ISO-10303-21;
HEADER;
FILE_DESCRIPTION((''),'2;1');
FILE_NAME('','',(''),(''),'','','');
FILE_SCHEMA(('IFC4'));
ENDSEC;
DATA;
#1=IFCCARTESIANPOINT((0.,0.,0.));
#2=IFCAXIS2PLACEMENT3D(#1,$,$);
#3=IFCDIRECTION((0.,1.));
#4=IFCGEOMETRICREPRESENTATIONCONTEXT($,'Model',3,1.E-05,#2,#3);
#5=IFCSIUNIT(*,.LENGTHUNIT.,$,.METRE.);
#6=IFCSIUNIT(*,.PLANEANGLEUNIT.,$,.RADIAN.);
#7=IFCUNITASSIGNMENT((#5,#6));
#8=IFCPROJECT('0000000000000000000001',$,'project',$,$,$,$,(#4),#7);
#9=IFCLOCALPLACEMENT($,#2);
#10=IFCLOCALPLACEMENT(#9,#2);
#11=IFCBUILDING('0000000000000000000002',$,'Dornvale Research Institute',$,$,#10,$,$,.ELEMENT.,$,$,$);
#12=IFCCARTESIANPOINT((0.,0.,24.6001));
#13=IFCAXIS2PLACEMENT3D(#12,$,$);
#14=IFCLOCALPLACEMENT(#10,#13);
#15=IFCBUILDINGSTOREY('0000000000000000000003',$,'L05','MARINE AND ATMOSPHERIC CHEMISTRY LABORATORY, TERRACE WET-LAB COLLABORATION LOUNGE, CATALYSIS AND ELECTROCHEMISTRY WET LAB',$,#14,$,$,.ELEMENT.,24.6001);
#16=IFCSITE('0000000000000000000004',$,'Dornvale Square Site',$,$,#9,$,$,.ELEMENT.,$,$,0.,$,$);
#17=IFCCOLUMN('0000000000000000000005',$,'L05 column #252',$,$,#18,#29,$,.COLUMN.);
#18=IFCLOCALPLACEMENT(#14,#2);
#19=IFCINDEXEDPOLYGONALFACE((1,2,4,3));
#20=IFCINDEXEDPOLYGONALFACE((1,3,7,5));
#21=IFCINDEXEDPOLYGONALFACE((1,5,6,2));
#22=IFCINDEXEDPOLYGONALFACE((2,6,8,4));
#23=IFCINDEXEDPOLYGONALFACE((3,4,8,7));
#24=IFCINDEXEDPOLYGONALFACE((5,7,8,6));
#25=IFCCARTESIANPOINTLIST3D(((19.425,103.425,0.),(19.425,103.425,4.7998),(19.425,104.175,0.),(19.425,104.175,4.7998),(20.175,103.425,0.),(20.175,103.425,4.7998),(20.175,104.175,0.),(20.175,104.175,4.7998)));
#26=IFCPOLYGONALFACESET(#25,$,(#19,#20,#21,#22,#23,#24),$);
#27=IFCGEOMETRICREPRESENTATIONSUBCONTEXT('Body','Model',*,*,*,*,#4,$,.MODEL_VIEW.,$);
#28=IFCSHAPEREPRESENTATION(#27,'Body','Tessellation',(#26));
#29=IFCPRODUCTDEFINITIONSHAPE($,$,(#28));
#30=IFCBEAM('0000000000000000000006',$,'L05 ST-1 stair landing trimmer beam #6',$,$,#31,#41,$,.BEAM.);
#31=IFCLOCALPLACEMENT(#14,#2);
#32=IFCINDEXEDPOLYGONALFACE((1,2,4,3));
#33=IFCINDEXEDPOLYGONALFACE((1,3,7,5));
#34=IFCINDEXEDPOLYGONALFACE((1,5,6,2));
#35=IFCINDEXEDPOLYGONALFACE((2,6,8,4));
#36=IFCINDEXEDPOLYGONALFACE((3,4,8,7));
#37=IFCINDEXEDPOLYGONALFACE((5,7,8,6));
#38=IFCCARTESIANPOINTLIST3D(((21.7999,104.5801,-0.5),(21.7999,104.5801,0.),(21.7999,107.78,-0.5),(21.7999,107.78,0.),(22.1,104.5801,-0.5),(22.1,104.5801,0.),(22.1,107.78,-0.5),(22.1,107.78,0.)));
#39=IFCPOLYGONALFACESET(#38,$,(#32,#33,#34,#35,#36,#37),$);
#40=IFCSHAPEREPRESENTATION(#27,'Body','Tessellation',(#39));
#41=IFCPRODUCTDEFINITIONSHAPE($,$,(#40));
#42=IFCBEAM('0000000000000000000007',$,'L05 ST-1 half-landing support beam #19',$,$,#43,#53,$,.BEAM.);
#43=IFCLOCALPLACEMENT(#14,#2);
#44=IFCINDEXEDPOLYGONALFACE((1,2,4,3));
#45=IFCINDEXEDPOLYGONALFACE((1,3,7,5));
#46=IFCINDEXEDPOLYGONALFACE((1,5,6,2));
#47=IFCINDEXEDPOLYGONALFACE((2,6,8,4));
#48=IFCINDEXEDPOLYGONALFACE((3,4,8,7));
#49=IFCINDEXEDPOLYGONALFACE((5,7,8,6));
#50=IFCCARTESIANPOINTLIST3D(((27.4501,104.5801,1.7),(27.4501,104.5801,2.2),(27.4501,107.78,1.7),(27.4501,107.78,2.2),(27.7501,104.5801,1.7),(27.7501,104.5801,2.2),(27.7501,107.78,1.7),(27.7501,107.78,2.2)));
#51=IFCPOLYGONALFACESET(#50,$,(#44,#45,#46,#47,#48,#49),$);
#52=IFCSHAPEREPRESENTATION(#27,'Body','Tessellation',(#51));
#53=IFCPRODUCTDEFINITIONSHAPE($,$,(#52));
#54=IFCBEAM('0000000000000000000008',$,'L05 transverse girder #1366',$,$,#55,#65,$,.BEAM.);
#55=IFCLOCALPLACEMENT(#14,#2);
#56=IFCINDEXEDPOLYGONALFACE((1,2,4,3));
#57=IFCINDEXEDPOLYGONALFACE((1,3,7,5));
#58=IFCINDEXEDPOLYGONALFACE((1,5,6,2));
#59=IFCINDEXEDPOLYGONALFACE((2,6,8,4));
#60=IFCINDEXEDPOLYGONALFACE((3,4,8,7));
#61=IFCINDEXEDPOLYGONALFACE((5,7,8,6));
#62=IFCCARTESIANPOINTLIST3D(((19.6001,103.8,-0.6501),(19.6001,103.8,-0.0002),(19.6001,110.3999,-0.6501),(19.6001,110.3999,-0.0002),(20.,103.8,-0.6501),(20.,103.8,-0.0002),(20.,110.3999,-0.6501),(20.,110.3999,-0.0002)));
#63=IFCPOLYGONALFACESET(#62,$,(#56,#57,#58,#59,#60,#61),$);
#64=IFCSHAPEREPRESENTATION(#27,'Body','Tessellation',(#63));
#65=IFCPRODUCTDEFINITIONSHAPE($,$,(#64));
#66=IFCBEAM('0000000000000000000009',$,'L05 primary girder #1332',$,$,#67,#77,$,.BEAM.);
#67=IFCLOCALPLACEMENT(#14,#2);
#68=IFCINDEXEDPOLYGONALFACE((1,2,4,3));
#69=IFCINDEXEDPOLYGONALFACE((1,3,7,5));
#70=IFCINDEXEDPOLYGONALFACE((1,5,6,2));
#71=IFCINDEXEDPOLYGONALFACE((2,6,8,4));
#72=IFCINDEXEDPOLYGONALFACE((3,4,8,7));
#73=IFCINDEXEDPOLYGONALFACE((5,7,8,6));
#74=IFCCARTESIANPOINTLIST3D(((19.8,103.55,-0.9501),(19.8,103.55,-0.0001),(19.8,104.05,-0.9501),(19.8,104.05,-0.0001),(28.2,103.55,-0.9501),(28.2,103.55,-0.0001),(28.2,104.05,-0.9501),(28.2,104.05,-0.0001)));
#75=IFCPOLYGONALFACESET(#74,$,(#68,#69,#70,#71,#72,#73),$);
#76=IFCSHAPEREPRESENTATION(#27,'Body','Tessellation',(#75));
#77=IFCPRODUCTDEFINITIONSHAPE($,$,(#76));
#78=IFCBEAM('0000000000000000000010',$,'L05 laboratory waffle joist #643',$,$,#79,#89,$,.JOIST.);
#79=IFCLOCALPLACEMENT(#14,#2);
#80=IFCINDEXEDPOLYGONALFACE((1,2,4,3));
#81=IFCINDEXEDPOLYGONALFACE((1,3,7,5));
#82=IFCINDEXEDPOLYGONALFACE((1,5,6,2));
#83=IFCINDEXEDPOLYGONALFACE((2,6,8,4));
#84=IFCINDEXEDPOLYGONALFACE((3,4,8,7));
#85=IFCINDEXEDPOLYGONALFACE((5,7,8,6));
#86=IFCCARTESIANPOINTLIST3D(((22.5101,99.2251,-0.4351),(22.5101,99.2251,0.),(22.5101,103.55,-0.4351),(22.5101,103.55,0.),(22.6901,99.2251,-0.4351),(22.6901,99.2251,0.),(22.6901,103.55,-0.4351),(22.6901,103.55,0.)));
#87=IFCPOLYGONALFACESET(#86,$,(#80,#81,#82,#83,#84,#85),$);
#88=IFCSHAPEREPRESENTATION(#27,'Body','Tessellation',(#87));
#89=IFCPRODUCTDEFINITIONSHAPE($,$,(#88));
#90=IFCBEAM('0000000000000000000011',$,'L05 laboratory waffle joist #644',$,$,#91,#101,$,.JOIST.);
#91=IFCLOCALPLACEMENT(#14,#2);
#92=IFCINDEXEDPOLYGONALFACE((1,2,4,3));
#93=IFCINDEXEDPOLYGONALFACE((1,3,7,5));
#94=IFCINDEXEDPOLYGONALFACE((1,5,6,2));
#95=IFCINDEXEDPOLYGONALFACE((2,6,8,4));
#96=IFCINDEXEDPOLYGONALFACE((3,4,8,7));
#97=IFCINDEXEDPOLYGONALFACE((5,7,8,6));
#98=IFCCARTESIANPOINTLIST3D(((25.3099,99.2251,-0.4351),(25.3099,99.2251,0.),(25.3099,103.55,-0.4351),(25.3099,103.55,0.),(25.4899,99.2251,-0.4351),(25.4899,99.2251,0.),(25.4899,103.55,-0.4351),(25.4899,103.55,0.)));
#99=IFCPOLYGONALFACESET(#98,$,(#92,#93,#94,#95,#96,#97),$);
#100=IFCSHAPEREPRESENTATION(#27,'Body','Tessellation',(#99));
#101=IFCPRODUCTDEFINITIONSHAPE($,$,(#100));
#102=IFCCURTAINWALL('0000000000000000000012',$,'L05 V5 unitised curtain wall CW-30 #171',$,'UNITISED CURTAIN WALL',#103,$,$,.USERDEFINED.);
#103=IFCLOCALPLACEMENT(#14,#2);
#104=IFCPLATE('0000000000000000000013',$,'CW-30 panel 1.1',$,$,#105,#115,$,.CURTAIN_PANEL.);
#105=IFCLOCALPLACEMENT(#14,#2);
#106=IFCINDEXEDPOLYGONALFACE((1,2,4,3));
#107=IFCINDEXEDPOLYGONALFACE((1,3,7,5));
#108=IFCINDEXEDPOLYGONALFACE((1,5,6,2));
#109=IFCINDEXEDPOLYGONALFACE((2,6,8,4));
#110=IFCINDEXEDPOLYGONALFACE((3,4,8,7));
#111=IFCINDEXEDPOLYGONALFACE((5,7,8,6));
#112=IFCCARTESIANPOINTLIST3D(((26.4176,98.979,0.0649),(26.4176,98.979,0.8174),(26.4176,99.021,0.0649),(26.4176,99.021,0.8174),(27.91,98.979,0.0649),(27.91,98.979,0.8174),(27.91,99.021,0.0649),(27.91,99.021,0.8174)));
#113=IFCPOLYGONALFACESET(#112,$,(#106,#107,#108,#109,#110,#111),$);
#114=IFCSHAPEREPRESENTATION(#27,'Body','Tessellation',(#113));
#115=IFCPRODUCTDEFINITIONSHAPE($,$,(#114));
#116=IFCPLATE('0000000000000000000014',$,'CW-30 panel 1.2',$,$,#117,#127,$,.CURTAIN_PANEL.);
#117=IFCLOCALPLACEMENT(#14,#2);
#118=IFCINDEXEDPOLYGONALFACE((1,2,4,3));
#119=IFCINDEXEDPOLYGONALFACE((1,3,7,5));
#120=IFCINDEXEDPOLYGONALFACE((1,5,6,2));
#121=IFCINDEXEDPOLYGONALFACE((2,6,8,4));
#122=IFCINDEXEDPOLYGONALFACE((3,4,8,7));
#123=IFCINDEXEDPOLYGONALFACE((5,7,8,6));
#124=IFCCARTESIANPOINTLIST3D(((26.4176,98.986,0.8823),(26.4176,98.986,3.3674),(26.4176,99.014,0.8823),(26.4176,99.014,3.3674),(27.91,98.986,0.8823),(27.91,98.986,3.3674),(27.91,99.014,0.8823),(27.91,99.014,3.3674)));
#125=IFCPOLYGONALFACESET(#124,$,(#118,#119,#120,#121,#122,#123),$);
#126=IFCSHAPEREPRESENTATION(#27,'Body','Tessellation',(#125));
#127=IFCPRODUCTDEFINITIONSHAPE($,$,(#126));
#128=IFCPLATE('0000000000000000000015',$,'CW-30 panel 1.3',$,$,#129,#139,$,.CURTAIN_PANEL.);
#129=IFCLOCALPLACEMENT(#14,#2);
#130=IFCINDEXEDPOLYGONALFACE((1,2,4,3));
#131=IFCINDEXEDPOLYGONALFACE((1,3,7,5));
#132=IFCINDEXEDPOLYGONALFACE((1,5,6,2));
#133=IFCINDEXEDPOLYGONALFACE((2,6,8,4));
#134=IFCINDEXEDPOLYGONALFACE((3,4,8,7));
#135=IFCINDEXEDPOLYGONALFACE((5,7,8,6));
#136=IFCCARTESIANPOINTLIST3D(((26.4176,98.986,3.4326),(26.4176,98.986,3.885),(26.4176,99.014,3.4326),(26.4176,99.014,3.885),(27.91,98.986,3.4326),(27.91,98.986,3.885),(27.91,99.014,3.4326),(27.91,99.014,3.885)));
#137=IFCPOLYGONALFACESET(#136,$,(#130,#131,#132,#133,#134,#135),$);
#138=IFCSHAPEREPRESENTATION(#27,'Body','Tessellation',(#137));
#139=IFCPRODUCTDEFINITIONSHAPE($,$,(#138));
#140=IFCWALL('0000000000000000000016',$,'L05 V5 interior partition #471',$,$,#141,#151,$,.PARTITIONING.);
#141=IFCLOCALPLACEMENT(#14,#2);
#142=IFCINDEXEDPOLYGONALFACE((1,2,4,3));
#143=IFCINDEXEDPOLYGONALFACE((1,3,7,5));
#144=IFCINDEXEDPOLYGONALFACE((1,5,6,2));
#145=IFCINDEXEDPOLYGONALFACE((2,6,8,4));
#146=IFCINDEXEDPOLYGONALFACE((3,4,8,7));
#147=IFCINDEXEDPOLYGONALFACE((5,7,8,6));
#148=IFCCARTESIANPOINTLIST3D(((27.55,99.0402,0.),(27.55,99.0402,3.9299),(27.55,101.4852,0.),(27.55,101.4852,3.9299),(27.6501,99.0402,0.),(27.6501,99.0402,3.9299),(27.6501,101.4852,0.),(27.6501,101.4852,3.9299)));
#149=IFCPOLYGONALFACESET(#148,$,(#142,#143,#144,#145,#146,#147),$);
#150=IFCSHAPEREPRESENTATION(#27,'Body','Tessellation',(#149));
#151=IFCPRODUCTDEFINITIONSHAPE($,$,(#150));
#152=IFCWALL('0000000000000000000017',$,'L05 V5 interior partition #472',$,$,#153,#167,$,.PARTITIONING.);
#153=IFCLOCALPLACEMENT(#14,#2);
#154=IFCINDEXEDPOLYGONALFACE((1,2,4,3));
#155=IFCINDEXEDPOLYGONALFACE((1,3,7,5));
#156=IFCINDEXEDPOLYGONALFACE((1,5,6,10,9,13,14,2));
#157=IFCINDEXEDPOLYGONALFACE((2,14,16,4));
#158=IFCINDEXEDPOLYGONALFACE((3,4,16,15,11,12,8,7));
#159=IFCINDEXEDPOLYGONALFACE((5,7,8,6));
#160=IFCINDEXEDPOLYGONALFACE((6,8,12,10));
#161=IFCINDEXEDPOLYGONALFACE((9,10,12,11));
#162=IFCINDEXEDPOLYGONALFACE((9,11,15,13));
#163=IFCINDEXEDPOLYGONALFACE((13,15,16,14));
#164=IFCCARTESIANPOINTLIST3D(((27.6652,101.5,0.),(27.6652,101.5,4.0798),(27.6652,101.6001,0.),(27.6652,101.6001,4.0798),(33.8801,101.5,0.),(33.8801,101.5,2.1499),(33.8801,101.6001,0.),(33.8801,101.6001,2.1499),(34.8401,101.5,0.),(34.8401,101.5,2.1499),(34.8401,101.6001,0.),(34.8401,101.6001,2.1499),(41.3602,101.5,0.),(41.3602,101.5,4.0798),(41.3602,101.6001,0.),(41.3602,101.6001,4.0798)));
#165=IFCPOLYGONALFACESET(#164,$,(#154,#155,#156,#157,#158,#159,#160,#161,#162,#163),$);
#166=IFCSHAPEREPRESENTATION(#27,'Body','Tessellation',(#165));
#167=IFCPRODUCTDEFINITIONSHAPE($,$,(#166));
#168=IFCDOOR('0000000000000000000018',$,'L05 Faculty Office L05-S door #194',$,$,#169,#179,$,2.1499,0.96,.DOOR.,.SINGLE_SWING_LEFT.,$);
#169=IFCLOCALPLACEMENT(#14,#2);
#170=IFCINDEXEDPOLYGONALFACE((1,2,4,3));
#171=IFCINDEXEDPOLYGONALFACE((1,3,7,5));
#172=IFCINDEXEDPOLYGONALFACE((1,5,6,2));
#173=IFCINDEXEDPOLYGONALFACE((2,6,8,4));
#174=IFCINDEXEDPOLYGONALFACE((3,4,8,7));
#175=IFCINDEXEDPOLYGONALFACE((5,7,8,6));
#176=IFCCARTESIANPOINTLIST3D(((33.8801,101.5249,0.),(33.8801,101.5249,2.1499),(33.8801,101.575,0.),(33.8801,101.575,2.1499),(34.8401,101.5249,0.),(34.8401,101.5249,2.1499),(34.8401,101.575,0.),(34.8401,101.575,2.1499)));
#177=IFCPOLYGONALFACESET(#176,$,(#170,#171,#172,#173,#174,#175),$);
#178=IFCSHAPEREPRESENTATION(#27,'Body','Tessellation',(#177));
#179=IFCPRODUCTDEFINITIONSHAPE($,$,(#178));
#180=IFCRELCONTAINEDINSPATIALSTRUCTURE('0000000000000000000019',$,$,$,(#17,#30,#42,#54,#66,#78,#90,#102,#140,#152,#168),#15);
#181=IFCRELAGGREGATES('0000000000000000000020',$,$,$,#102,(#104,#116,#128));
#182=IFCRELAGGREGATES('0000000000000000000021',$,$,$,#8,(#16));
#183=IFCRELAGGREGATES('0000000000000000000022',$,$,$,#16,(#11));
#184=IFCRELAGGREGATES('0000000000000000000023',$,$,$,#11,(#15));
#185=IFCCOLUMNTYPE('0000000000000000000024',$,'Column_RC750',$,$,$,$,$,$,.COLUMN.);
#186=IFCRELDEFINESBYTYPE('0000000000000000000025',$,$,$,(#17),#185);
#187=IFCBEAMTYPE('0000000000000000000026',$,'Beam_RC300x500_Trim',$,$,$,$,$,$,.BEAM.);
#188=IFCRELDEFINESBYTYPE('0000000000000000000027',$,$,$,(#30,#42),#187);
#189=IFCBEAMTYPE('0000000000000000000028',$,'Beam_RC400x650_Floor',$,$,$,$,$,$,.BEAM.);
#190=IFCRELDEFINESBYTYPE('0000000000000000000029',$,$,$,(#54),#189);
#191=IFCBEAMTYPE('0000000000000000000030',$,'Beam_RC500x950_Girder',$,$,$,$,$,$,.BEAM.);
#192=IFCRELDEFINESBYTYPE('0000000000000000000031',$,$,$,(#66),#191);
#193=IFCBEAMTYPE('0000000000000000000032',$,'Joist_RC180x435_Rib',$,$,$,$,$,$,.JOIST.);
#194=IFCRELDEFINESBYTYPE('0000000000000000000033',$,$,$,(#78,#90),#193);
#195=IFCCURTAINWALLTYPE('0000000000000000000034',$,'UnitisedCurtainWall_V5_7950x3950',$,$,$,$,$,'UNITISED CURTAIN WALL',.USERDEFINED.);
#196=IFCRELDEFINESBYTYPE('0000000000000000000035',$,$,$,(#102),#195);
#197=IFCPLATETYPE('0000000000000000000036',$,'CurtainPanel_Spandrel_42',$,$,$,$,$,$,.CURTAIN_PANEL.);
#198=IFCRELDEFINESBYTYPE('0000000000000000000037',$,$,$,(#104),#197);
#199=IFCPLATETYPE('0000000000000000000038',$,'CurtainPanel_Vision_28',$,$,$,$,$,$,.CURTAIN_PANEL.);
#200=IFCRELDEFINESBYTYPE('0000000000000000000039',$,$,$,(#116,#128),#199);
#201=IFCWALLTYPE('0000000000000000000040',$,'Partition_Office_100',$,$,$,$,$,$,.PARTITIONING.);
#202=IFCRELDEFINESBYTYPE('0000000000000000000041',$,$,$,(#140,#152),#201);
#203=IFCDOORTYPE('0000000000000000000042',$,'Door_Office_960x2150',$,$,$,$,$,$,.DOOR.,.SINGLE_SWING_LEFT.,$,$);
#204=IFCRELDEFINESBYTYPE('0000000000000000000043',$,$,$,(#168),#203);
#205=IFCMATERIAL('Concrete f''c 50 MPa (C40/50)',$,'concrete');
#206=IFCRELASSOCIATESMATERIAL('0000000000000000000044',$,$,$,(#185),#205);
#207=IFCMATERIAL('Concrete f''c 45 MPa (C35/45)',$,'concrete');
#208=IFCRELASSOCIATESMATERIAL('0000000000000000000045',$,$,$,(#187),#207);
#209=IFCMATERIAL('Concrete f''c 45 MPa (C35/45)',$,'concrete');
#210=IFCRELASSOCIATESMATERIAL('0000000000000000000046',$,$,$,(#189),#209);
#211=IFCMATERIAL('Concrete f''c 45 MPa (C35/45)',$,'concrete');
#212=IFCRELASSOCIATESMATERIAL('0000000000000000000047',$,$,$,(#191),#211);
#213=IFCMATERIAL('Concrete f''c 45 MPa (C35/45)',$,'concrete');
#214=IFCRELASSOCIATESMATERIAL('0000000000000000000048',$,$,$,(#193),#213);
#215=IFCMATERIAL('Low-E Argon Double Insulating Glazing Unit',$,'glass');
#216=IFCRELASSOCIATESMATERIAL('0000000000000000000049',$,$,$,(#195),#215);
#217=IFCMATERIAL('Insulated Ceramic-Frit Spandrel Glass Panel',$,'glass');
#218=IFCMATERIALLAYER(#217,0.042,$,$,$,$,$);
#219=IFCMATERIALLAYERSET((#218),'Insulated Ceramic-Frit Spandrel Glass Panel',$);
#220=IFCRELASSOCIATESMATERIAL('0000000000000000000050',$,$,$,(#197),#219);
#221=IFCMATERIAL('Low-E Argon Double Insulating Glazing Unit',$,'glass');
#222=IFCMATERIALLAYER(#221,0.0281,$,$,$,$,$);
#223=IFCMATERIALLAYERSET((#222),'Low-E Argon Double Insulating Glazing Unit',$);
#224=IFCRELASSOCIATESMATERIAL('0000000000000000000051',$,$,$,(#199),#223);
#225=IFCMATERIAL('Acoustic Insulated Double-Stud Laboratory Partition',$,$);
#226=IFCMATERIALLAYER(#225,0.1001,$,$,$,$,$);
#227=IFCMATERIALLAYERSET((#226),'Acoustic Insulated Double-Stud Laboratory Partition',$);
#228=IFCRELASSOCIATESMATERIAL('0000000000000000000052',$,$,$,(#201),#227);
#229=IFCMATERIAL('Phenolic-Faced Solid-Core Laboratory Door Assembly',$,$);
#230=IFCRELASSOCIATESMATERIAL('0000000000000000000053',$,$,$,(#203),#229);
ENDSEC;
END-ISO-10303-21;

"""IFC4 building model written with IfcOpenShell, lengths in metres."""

from ifc_helpers import new_model, si_unit, direction, frame, frame_2d, origin, origin_2d, place, context, subcontext, project, spatial, rectangle, extrude, material, layer, layer_set, material_profile, profile_set, type_object, element, fill, aggregate, save


model = new_model("IFC4")

# Units and contexts
model_context = context("Model", 3, precision=1e-05, world=origin(), true_north=direction((0.0, 1.0)))
body_context = subcontext(model_context, "Body", "Model", "MODEL_VIEW")
ifc_project = project(units=[si_unit("LENGTHUNIT", "METRE"), si_unit("PLANEANGLEUNIT", "RADIAN")], contexts=[model_context])

# Site, building, storey
site_placement = place(None, origin())
site = spatial("IfcSite", under=ifc_project, at=site_placement, Name="Dornvale Square Site", CompositionType="ELEMENT", RefElevation=0.0)
building_placement = place(site_placement, origin())
building = spatial("IfcBuilding", under=site, at=building_placement, Name="Dornvale Research Institute", CompositionType="ELEMENT")
storey_placement = place(building_placement, frame((0.0, 0.0, 24.6001)))
storey = spatial("IfcBuildingStorey", under=building, at=storey_placement, Name="L05", Description="MARINE AND ATMOSPHERIC CHEMISTRY LABORATORY, TERRACE WET-LAB COLLABORATION LOUNGE, CATALYSIS AND ELECTROCHEMISTRY WET LAB", CompositionType="ELEMENT", Elevation=24.6001)

# Column
ifc_material_1 = material(Name="Concrete f'c 50 MPa (C40/50)", Category="concrete")
ifc_material_profile_1 = material_profile(ifc_material_1, rectangle(XDim=0.75, YDim=0.75, at=origin_2d()), Name="RC 750x750")
ifc_profile_set_1 = profile_set([ifc_material_profile_1], Name="Concrete f'c 50 MPa (C40/50)")
column_type = type_object("IfcColumnType", Name="Column_RC750", PredefinedType="COLUMN", material=ifc_profile_set_1)
column_placement = place(storey_placement, frame((19.8, 103.8, 0.0), z_axis=(0.0, 0.0, 1.0), x_axis=(1.0, 0.0, 0.0)))
element("IfcColumn", 1, at=column_placement, inside=storey, type_object=column_type, Name="L05 column #252", PredefinedType="COLUMN", context=body_context, shape_type="SweptSolid", body=[
    extrude(rectangle(XDim=0.75, YDim=0.75, at=origin_2d()), origin(), (0.0, 0.0, 1.0), 4.7998),
])

# Beams
ifc_material_2 = material(Name="Concrete f'c 45 MPa (C35/45)", Category="concrete")
ifc_material_profile_2 = material_profile(ifc_material_2, rectangle(XDim=0.3, YDim=0.5, at=origin_2d()), Name="RC 300x500")
ifc_profile_set_2 = profile_set([ifc_material_profile_2], Name="Concrete f'c 45 MPa (C35/45)")
beam_type_1 = type_object("IfcBeamType", Name="Beam_RC300x500_Trim", PredefinedType="BEAM", material=ifc_profile_set_2)
for number, where, z_axis, x_axis, name in (
    (2, (21.95, 104.5801, -0.25), (0.0, 1.0, 0.0), (-1.0, 0.0, 0.0), "L05 ST-1 stair landing trimmer beam #6"),
    (3, (27.6001, 104.5801, 1.95), (0.0, 1.0, 0.0), (-1.0, 0.0, 0.0), "L05 ST-1 half-landing support beam #19"),
):
    element("IfcBeam", number, at=place(storey_placement, frame(where, z_axis=z_axis, x_axis=x_axis)), inside=storey, type_object=beam_type_1, Name=name, PredefinedType="BEAM", context=body_context, shape_type="SweptSolid", body=[
        extrude(rectangle(XDim=0.3, YDim=0.5, at=origin_2d()), origin(), (0.0, 0.0, 1.0), 3.2),
    ])
ifc_material_3 = material(Name="Concrete f'c 45 MPa (C35/45)", Category="concrete")
ifc_material_profile_3 = material_profile(ifc_material_3, rectangle(XDim=0.3999, YDim=0.6499, at=origin_2d()), Name="RC 400x650")
ifc_profile_set_3 = profile_set([ifc_material_profile_3], Name="Concrete f'c 45 MPa (C35/45)")
beam_type_2 = type_object("IfcBeamType", Name="Beam_RC400x650_Floor", PredefinedType="BEAM", material=ifc_profile_set_3)
beam_1_placement = place(storey_placement, frame((19.8, 103.8, -0.3252), z_axis=(0.0, 1.0, 0.0), x_axis=(-1.0, 0.0, 0.0)))
element("IfcBeam", 4, at=beam_1_placement, inside=storey, type_object=beam_type_2, Name="L05 transverse girder #1366", PredefinedType="BEAM", context=body_context, shape_type="SweptSolid", body=[
    extrude(rectangle(XDim=0.3999, YDim=0.6499, at=origin_2d()), origin(), (0.0, 0.0, 1.0), 6.5999),
])
ifc_material_4 = material(Name="Concrete f'c 45 MPa (C35/45)", Category="concrete")
ifc_material_profile_4 = material_profile(ifc_material_4, rectangle(XDim=0.5, YDim=0.95, at=origin_2d()), Name="RC 500x950")
ifc_profile_set_4 = profile_set([ifc_material_profile_4], Name="Concrete f'c 45 MPa (C35/45)")
beam_type_3 = type_object("IfcBeamType", Name="Beam_RC500x950_Girder", PredefinedType="BEAM", material=ifc_profile_set_4)
beam_2_placement = place(storey_placement, frame((19.8, 103.8, -0.4751), z_axis=(1.0, 0.0, 0.0), x_axis=(0.0, 1.0, 0.0)))
element("IfcBeam", 5, at=beam_2_placement, inside=storey, type_object=beam_type_3, Name="L05 primary girder #1332", PredefinedType="BEAM", context=body_context, shape_type="SweptSolid", body=[
    extrude(rectangle(XDim=0.5, YDim=0.95, at=origin_2d()), origin(), (0.0, 0.0, 1.0), 8.3999),
])
ifc_material_5 = material(Name="Concrete f'c 45 MPa (C35/45)", Category="concrete")
ifc_material_profile_5 = material_profile(ifc_material_5, rectangle(XDim=0.1799, YDim=0.4351, at=origin_2d()), Name="RC 180x435")
ifc_profile_set_5 = profile_set([ifc_material_profile_5], Name="Concrete f'c 45 MPa (C35/45)")
beam_type_4 = type_object("IfcBeamType", Name="Joist_RC180x435_Rib", PredefinedType="JOIST", material=ifc_profile_set_5)
for number, where, z_axis, x_axis, name in (
    (6, (22.6001, 99.2251, -0.2175), (0.0, 1.0, 0.0), (-1.0, 0.0, 0.0), "L05 laboratory waffle joist #643"),
    (7, (25.3999, 99.2251, -0.2175), (0.0, 1.0, 0.0), (-1.0, 0.0, 0.0), "L05 laboratory waffle joist #644"),
):
    element("IfcBeam", number, at=place(storey_placement, frame(where, z_axis=z_axis, x_axis=x_axis)), inside=storey, type_object=beam_type_4, Name=name, PredefinedType="JOIST", context=body_context, shape_type="SweptSolid", body=[
        extrude(rectangle(XDim=0.1799, YDim=0.4351, at=origin_2d()), origin(), (0.0, 0.0, 1.0), 4.325),
    ])

# Curtain wall, plates
ifc_material_6 = material(Name="Low-E Argon Double Insulating Glazing Unit", Category="glass")
curtain_wall_type = type_object("IfcCurtainWallType", Name="UnitisedCurtainWall_V5_7950x3950", ElementType="UNITISED CURTAIN WALL", PredefinedType="USERDEFINED", material=ifc_material_6)
curtain_wall_placement = place(storey_placement, origin())
curtain_wall = element("IfcCurtainWall", 8, at=curtain_wall_placement, inside=storey, type_object=curtain_wall_type, Name="L05 V5 unitised curtain wall CW-30 #171", ObjectType="UNITISED CURTAIN WALL", PredefinedType="USERDEFINED")
ifc_material_7 = material(Name="Insulated Ceramic-Frit Spandrel Glass Panel", Category="glass")
ifc_layer_1 = layer(ifc_material_7, 0.042)
ifc_layer_set_1 = layer_set([ifc_layer_1], Name="Insulated Ceramic-Frit Spandrel Glass Panel")
plate_type_1 = type_object("IfcPlateType", Name="CurtainPanel_Spandrel_42", PredefinedType="CURTAIN_PANEL", material=ifc_layer_set_1)
plate_1_placement = place(storey_placement, frame((27.1638, 99.0, 0.0649), z_axis=(0.0, 0.0, 1.0), x_axis=(-1.0, 0.0, 0.0)))
plate_1 = element("IfcPlate", 9, at=plate_1_placement, type_object=plate_type_1, Name="CW-30 panel 1.1", PredefinedType="CURTAIN_PANEL", context=body_context, shape_type="SweptSolid", body=[
    extrude(rectangle(XDim=1.4924, YDim=0.042, at=origin_2d()), origin(), (0.0, 0.0, 1.0), 0.7524),
])
ifc_material_8 = material(Name="Low-E Argon Double Insulating Glazing Unit", Category="glass")
ifc_layer_2 = layer(ifc_material_8, 0.0281)
ifc_layer_set_2 = layer_set([ifc_layer_2], Name="Low-E Argon Double Insulating Glazing Unit")
plate_type_2 = type_object("IfcPlateType", Name="CurtainPanel_Vision_28", PredefinedType="CURTAIN_PANEL", material=ifc_layer_set_2)
plate_2_placement = place(storey_placement, frame((27.1638, 99.0, 0.8823), z_axis=(0.0, 0.0, 1.0), x_axis=(-1.0, 0.0, 0.0)))
plate_2 = element("IfcPlate", 10, at=plate_2_placement, type_object=plate_type_2, Name="CW-30 panel 1.2", PredefinedType="CURTAIN_PANEL", context=body_context, shape_type="SweptSolid", body=[
    extrude(rectangle(XDim=1.4924, YDim=0.0281, at=origin_2d()), origin(), (0.0, 0.0, 1.0), 2.4851),
])
plate_3_placement = place(storey_placement, frame((27.1638, 99.0, 3.4326), z_axis=(0.0, 0.0, 1.0), x_axis=(-1.0, 0.0, 0.0)))
plate_3 = element("IfcPlate", 11, at=plate_3_placement, type_object=plate_type_2, Name="CW-30 panel 1.3", PredefinedType="CURTAIN_PANEL", context=body_context, shape_type="SweptSolid", body=[
    extrude(rectangle(XDim=1.4924, YDim=0.0281, at=origin_2d()), origin(), (0.0, 0.0, 1.0), 0.4524),
])
aggregate(curtain_wall, [plate_1, plate_2, plate_3])

# Wall
ifc_material_9 = material(Name="Acoustic Insulated Double-Stud Laboratory Partition")
ifc_layer_3 = layer(ifc_material_9, 0.1001)
ifc_layer_set_3 = layer_set([ifc_layer_3], Name="Acoustic Insulated Double-Stud Laboratory Partition")
wall_type_1 = type_object("IfcWallType", Name="Partition_Office_100", PredefinedType="PARTITIONING", material=ifc_layer_set_3)
wall_1_placement = place(storey_placement, frame((27.6001, 99.04, 0.0), z_axis=(0.0, 0.0, 1.0), x_axis=(0.0, 1.0, 0.0)))
element("IfcWall", 12, at=wall_1_placement, inside=storey, type_object=wall_type_1, Name="L05 V5 interior partition #471", PredefinedType="PARTITIONING", context=body_context, shape_type="SweptSolid", body=[
    extrude(rectangle(XDim=2.4451, YDim=0.1001, at=frame_2d((1.2227, 0.0))), origin(), (0.0, 0.0, 1.0), 3.9299),
])

# Wall, opening, door
wall_2_placement = place(storey_placement, frame((27.665, 101.55, 0.0), z_axis=(0.0, 0.0, 1.0), x_axis=(1.0, 0.0, 0.0)))
wall_2 = element("IfcWall", 13, at=wall_2_placement, inside=storey, type_object=wall_type_1, Name="L05 V5 interior partition #472", PredefinedType="PARTITIONING", context=body_context, shape_type="SweptSolid", body=[
    extrude(rectangle(XDim=13.6951, YDim=0.1001, at=frame_2d((6.8477, 0.0))), origin(), (0.0, 0.0, 1.0), 4.0798),
])
opening_1_placement = place(wall_2_placement, frame((6.2151, 0.0, 0.0)))
opening_1 = element("IfcOpeningElement", 14, at=opening_1_placement, cuts=wall_2, PredefinedType="OPENING", context=body_context, shape_type="SweptSolid", body=[
    extrude(rectangle(XDim=0.96, YDim=2.1499, at=frame_2d((0.48, 1.075))), frame((0.0, 0.0649, 0.0), z_axis=(0.0, -1.0, 0.0), x_axis=(1.0, 0.0, 0.0)), (0.0, 0.0, 1.0), 0.1301),
])
ifc_material_10 = material(Name="Phenolic-Faced Solid-Core Laboratory Door Assembly")
door_type_1 = type_object("IfcDoorType", Name="Door_Office_960x2150", OperationType="SINGLE_SWING_LEFT", PredefinedType="DOOR", material=ifc_material_10)
door_1_placement = place(opening_1_placement, origin())
door_1 = element("IfcDoor", 15, at=door_1_placement, inside=storey, type_object=door_type_1, Name="L05 Faculty Office L05-S door #194", OperationType="SINGLE_SWING_LEFT", OverallHeight=2.1499, OverallWidth=0.96, PredefinedType="DOOR", context=body_context, shape_type="SweptSolid", body=[
    extrude(rectangle(XDim=0.96, YDim=2.1499, at=frame_2d((0.48, 1.075))), frame((0.0, 0.0249, 0.0), z_axis=(0.0, -1.0, 0.0), x_axis=(1.0, 0.0, 0.0)), (0.0, 0.0, 1.0), 0.05),
])
fill(opening_1, door_1)

save(model, "model.ifc")
